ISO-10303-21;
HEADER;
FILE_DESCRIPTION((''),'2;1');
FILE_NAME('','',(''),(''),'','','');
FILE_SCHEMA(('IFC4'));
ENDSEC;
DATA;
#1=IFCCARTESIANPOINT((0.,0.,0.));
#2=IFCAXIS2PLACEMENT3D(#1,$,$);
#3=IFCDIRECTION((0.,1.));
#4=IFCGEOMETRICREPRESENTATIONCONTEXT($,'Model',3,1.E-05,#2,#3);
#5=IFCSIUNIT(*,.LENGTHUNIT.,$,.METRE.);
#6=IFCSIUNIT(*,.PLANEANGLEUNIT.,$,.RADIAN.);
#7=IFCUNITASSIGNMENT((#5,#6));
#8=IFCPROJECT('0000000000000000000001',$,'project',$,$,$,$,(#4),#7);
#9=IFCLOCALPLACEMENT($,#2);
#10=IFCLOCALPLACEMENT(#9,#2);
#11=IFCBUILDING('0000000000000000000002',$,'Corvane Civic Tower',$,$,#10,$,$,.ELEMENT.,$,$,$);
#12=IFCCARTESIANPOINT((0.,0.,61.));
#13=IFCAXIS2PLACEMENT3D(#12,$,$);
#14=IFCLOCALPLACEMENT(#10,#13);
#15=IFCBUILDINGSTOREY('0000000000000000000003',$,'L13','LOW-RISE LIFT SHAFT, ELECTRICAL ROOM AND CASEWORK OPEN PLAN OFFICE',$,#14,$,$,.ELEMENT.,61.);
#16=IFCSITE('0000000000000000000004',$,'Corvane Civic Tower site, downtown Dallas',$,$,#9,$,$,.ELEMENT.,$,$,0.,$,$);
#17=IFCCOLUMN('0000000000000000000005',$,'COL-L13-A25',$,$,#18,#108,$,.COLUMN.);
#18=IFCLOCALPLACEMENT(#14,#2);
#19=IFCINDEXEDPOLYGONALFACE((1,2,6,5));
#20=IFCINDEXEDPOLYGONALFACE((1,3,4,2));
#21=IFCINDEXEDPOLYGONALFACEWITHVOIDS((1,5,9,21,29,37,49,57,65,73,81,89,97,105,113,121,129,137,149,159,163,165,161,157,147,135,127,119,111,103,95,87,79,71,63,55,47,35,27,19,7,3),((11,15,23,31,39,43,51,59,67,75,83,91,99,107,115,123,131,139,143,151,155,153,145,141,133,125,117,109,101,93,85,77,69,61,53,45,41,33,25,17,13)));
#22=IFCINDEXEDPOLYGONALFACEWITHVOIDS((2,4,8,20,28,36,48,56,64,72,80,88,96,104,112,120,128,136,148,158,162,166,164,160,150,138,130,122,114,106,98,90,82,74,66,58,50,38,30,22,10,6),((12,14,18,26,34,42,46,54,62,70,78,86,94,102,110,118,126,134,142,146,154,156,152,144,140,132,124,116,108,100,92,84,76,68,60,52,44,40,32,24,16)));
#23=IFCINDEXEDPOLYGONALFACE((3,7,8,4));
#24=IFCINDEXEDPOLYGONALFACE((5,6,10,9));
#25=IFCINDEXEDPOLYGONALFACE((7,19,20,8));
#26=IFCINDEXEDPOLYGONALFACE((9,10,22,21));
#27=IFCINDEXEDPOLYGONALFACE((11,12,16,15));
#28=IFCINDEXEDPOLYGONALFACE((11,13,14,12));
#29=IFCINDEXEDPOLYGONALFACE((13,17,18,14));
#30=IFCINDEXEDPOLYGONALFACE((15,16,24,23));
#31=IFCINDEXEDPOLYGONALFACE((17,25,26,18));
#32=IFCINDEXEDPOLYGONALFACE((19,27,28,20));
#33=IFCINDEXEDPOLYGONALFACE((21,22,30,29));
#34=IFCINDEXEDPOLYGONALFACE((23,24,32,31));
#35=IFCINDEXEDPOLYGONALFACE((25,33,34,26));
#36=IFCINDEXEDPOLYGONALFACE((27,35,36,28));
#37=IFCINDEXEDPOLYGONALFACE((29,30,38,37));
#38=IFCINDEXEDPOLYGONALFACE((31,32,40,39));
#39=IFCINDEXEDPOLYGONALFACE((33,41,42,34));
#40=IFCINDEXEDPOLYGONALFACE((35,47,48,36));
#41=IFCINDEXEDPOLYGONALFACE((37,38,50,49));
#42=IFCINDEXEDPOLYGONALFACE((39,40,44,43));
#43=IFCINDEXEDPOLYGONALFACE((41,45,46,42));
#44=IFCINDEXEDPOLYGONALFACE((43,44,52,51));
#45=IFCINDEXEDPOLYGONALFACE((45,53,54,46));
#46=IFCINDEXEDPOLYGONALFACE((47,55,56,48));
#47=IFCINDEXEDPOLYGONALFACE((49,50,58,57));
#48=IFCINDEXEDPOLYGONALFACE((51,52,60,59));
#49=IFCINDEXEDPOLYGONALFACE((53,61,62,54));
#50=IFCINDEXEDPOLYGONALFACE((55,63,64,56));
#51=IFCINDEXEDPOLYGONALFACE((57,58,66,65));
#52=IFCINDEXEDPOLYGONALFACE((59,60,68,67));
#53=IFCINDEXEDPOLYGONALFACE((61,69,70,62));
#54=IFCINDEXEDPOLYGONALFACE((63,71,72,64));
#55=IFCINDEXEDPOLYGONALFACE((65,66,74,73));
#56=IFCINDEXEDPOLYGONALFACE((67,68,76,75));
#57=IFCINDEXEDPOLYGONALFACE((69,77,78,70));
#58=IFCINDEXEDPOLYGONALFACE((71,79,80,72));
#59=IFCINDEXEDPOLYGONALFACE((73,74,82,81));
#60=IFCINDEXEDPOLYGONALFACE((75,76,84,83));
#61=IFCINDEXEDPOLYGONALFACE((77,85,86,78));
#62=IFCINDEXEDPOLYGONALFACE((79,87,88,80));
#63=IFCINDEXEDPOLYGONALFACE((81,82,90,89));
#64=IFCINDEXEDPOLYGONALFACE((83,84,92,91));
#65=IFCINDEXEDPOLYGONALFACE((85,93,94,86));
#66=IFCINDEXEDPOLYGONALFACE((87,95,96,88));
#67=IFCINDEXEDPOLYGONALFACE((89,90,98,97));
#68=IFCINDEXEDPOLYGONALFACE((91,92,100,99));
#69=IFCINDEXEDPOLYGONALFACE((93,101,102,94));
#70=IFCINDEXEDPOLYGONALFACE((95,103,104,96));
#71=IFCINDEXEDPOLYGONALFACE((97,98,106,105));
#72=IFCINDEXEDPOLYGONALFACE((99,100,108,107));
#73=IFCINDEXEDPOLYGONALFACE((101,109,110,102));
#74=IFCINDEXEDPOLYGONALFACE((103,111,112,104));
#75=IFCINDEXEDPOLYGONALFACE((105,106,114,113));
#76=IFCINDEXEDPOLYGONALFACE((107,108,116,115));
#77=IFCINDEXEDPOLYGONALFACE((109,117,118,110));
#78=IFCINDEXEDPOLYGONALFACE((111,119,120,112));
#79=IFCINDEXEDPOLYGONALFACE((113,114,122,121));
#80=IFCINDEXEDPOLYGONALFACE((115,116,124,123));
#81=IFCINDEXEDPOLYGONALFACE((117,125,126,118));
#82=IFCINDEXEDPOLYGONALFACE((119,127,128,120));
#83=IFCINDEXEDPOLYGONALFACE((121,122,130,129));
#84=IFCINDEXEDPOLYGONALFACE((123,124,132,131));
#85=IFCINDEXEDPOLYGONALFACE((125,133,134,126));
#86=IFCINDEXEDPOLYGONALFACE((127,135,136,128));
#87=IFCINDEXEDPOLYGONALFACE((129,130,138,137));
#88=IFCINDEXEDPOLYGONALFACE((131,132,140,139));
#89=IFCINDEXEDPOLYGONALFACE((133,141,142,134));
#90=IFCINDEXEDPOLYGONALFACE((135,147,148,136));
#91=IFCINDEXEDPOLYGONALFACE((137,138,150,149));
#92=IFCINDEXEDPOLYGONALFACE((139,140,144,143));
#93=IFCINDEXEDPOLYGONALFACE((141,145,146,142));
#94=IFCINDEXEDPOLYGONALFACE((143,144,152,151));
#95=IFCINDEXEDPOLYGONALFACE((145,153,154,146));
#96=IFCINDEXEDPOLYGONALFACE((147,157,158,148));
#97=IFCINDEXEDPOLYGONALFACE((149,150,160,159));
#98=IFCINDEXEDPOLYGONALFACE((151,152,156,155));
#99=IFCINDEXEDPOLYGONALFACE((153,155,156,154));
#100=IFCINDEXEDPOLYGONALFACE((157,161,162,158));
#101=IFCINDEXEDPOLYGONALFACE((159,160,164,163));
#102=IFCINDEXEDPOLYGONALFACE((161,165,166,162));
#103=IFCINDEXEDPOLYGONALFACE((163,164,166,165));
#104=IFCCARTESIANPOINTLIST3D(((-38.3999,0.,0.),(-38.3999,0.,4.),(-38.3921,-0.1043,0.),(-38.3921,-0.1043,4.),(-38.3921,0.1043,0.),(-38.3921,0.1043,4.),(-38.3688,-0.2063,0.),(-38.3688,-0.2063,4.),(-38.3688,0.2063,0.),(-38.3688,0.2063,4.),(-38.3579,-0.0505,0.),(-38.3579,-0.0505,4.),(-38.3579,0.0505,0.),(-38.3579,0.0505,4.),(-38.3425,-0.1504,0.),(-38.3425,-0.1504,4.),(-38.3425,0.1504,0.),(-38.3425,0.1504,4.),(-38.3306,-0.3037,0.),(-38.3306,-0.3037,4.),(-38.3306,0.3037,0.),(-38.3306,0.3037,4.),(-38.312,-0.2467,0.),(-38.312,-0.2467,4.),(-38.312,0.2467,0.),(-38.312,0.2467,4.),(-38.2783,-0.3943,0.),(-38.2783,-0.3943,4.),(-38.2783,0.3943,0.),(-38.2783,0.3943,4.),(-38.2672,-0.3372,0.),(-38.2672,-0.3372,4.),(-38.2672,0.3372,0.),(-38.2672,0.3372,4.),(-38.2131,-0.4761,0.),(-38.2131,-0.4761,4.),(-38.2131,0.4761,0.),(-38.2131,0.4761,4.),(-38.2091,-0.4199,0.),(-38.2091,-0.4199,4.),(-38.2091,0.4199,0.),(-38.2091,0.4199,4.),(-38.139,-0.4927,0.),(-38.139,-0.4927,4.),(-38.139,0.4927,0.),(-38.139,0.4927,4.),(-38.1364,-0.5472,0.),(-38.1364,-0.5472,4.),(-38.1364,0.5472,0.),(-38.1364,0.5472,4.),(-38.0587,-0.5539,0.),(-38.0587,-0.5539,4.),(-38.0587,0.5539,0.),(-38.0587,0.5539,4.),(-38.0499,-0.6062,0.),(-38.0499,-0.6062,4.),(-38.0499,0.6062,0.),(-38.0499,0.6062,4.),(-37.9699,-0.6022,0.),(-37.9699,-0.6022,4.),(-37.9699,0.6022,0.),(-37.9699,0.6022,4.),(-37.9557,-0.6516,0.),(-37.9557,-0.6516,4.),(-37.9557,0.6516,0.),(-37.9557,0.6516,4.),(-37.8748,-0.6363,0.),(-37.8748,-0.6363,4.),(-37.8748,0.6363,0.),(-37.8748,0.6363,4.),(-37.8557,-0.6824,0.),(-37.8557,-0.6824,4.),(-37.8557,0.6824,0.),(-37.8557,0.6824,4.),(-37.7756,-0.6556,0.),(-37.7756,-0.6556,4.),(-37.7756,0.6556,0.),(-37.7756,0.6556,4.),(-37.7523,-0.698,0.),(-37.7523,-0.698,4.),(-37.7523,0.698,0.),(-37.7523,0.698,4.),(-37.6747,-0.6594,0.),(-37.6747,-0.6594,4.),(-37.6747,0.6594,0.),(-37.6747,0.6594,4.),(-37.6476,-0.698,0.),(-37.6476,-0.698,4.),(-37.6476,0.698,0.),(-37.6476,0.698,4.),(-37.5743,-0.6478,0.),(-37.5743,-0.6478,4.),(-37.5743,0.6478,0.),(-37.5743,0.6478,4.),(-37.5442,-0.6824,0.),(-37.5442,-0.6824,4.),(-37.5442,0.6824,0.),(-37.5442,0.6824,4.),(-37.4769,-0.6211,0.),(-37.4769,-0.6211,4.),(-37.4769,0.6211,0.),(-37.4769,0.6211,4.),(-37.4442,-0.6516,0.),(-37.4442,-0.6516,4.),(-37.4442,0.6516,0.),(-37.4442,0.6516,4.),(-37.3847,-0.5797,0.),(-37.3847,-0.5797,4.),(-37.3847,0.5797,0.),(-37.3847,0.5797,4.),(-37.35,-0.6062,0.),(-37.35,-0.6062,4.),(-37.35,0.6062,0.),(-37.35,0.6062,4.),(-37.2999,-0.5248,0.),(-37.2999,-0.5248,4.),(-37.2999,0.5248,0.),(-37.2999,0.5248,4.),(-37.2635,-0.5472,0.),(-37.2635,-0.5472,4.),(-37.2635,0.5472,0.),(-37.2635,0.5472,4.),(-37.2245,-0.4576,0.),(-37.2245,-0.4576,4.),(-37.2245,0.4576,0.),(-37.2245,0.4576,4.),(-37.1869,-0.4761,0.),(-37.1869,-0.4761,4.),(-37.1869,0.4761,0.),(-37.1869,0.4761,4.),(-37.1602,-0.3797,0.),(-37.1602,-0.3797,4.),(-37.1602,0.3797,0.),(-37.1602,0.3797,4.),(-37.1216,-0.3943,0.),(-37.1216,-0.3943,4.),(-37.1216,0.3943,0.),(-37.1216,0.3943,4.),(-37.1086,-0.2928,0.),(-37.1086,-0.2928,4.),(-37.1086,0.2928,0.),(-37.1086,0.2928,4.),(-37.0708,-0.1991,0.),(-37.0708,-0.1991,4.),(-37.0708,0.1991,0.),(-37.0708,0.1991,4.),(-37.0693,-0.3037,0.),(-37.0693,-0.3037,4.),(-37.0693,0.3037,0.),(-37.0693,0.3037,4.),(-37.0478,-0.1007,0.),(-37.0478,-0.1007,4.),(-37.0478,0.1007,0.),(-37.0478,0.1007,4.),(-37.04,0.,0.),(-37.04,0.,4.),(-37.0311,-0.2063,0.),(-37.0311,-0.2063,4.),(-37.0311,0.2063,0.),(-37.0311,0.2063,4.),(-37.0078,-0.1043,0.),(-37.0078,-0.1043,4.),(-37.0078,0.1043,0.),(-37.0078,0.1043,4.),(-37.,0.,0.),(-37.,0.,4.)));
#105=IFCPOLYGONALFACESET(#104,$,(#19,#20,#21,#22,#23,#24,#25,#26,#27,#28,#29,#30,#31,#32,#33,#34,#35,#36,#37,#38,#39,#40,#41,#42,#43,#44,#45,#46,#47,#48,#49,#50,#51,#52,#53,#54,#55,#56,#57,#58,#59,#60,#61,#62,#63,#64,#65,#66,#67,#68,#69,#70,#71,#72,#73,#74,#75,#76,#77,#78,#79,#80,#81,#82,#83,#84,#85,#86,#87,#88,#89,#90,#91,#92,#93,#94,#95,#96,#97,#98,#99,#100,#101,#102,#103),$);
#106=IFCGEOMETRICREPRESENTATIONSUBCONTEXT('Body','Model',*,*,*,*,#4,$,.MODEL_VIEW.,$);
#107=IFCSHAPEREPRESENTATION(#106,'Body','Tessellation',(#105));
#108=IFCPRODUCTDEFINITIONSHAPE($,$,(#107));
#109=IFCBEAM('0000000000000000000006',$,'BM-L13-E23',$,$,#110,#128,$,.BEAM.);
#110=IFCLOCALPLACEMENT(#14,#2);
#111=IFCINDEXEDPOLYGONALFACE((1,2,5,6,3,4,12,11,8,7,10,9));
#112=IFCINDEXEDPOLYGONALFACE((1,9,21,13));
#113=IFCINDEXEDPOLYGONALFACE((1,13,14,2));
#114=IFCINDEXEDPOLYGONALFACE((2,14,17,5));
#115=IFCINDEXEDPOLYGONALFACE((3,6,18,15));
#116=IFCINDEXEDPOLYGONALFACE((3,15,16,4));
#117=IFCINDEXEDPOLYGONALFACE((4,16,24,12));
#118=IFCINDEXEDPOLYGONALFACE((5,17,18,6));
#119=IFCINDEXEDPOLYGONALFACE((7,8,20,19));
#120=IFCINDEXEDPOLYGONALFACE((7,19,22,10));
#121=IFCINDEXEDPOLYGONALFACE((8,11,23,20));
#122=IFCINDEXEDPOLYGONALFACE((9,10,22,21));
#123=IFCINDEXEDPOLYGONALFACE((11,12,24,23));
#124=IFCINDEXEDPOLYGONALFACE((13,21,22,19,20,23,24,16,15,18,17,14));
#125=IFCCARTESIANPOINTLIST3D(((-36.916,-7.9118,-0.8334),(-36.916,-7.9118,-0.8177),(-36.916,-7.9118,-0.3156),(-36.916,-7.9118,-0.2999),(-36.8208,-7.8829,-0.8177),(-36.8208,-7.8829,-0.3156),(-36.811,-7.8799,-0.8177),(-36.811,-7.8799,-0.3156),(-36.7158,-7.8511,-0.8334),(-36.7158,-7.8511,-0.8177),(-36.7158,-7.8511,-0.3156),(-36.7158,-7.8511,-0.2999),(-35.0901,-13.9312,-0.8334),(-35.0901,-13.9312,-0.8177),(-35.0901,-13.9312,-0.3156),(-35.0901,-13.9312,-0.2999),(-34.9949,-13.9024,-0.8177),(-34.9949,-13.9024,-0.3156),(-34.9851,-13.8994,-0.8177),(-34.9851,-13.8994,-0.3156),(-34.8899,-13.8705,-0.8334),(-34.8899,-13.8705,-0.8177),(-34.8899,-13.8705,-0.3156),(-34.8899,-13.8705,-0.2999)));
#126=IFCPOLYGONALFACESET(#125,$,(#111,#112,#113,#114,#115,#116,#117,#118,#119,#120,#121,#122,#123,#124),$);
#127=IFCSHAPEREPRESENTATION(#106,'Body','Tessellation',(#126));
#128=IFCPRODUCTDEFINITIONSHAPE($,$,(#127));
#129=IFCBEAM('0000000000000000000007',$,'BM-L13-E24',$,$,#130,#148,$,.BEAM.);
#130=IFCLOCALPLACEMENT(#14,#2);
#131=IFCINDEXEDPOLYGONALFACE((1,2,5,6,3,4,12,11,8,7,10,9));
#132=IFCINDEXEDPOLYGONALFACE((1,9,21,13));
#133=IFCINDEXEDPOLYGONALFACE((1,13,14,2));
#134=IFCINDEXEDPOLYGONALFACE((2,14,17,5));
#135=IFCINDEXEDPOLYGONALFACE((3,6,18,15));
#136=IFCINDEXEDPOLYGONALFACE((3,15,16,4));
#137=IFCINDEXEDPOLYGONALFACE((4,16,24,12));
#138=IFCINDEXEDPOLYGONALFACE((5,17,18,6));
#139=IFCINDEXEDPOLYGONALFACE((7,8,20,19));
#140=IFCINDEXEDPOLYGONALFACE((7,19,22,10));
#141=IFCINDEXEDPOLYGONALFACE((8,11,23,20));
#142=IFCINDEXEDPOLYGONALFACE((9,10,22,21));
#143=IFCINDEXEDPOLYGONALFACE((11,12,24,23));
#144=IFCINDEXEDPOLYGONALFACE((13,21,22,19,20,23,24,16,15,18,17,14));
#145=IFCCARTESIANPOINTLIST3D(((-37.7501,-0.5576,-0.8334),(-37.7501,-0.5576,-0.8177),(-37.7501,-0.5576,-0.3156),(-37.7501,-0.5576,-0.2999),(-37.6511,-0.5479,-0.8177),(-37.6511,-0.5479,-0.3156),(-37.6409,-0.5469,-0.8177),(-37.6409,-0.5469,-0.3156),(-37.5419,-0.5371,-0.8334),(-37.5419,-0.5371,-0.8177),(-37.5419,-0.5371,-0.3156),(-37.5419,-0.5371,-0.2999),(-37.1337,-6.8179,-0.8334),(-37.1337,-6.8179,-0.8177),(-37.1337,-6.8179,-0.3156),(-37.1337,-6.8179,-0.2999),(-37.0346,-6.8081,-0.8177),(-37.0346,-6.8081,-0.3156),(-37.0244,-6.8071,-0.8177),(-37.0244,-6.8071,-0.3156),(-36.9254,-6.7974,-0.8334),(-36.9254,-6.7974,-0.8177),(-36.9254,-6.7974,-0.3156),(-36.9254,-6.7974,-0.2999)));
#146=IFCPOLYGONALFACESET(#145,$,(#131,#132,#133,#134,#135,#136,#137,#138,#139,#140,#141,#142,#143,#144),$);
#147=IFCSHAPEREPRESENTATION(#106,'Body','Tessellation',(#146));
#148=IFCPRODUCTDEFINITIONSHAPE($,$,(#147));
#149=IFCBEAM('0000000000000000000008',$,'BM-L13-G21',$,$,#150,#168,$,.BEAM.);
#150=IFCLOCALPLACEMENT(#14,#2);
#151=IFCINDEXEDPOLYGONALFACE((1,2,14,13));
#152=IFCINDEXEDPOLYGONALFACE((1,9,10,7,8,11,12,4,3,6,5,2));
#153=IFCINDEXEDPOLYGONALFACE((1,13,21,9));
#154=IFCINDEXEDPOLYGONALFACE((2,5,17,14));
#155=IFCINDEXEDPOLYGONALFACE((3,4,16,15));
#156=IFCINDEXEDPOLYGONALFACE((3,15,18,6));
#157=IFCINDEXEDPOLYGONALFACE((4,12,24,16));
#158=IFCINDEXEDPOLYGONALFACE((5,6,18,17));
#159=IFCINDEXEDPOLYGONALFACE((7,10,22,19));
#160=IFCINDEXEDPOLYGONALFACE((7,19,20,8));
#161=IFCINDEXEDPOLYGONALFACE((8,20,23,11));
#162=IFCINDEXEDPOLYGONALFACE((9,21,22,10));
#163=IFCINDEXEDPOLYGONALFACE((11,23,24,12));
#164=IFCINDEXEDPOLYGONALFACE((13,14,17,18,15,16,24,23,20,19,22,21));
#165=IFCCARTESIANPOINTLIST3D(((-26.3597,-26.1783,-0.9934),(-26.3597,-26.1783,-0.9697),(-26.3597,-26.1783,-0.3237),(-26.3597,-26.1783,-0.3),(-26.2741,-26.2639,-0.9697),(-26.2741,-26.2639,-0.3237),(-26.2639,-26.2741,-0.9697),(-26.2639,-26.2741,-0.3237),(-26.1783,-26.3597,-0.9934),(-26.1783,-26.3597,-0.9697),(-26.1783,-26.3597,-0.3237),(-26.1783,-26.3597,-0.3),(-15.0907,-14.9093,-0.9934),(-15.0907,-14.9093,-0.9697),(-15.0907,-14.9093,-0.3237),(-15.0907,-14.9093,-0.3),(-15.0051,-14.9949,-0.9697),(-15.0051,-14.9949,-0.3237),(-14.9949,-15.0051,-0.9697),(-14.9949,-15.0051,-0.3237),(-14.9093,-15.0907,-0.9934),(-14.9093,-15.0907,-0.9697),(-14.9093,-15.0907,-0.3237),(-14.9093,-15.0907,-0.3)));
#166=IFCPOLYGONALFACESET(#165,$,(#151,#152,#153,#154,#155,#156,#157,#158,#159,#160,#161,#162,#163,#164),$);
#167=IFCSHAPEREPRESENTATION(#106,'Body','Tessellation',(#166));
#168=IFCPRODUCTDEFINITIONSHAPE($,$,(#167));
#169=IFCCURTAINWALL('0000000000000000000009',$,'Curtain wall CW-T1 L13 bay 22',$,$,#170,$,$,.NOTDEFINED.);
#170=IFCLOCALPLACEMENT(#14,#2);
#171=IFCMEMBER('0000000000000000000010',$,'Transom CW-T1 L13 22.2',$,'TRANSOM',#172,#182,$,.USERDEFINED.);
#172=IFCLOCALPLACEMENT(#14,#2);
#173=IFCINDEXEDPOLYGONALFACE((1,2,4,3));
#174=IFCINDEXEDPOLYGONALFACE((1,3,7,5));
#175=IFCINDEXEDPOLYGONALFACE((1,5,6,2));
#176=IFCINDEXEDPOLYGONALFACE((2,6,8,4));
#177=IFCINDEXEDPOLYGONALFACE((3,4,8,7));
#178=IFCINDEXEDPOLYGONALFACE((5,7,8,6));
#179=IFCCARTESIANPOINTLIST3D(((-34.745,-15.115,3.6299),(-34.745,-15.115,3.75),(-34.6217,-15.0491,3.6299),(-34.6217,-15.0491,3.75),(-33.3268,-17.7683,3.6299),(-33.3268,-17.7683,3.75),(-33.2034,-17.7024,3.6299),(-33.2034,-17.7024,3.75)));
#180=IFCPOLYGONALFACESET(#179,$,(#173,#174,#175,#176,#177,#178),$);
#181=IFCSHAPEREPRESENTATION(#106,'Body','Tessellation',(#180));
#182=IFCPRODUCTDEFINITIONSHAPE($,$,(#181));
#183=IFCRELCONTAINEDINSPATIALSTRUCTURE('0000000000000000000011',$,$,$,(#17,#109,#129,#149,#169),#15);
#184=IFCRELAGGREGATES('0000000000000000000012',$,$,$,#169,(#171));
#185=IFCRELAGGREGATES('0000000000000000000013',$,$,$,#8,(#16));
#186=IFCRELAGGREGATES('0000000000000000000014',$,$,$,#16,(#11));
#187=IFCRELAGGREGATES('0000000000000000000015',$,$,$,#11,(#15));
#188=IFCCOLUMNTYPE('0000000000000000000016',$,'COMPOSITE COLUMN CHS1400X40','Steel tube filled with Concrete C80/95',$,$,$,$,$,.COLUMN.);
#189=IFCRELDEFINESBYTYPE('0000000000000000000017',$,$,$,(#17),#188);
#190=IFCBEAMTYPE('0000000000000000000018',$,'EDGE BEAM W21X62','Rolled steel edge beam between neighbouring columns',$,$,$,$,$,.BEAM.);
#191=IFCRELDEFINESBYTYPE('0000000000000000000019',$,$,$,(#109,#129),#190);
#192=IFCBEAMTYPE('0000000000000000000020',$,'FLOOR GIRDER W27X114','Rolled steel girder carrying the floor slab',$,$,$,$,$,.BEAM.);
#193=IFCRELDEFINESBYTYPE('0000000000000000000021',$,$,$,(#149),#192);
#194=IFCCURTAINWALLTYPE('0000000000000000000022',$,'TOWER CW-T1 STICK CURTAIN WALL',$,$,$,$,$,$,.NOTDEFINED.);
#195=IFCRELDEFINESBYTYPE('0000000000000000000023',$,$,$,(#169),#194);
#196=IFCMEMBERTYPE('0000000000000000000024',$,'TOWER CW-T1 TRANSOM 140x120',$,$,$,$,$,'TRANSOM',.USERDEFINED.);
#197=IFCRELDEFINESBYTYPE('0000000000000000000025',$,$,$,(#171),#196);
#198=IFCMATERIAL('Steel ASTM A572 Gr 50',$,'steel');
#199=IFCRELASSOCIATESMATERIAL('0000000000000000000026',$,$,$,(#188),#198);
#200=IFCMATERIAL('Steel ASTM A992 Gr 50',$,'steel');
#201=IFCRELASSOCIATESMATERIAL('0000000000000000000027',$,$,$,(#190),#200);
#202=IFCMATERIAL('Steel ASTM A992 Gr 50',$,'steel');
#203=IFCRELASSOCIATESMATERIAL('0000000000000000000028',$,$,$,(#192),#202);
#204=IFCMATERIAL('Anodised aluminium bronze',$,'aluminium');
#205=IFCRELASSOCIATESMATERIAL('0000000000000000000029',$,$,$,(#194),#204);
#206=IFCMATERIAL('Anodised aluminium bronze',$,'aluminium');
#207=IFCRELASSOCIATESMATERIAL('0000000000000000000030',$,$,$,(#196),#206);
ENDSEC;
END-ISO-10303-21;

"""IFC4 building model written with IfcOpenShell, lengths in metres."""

from ifc_helpers import new_model, si_unit, direction, frame, origin, origin_2d, place, context, subcontext, project, spatial, rectangle, hollow_circle, i_section, extrude, material, material_profile, profile_set, type_object, element, aggregate, save


model = new_model("IFC4")

# Units and contexts
model_context = context("Model", 3, precision=1e-05, world=origin(), true_north=direction((0.0, 1.0)))
body_context = subcontext(model_context, "Body", "Model", "MODEL_VIEW")
ifc_project = project(units=[si_unit("LENGTHUNIT", "METRE"), si_unit("PLANEANGLEUNIT", "RADIAN")], contexts=[model_context])

# Site, building, storey
site_placement = place(None, origin())
site = spatial("IfcSite", under=ifc_project, at=site_placement, Name="Corvane Civic Tower site, downtown Dallas", CompositionType="ELEMENT", RefElevation=0.0)
building_placement = place(site_placement, origin())
building = spatial("IfcBuilding", under=site, at=building_placement, Name="Corvane Civic Tower", CompositionType="ELEMENT")
storey_placement = place(building_placement, frame((0.0, 0.0, 61.0)))
storey = spatial("IfcBuildingStorey", under=building, at=storey_placement, Name="L13", Description="LOW-RISE LIFT SHAFT, ELECTRICAL ROOM AND CASEWORK OPEN PLAN OFFICE", CompositionType="ELEMENT", Elevation=61.0)

# Column
ifc_material_1 = material(Name="Steel ASTM A572 Gr 50", Category="steel")
ifc_material_profile_1 = material_profile(ifc_material_1, hollow_circle(Radius=0.7, WallThickness=0.04, at=origin_2d()), Name="CHS1400X40")
ifc_profile_set_1 = profile_set([ifc_material_profile_1], Name="Steel ASTM A572 Gr 50")
column_type = type_object("IfcColumnType", Name="COMPOSITE COLUMN CHS1400X40", Description="Steel tube filled with Concrete C80/95", PredefinedType="COLUMN", material=ifc_profile_set_1)
for number, where, z_axis, x_axis, name in (
    (1, (-37.7, 0.0, 0.0), (0.0, 0.0, 1.0), (1.0, 0.0, 0.0), "COL-L13-A25"),
):
    element("IfcColumn", number, at=place(storey_placement, frame(where, z_axis=z_axis, x_axis=x_axis)), inside=storey, type_object=column_type, Name=name, PredefinedType="COLUMN", context=body_context, shape_type="SweptSolid", body=[
        extrude(hollow_circle(Radius=0.7, WallThickness=0.04, at=origin_2d()), origin(), (0.0, 0.0, 1.0), 4.0),
    ])

# Beams
ifc_material_2 = material(Name="Steel ASTM A992 Gr 50", Category="steel")
ifc_material_profile_2 = material_profile(ifc_material_2, i_section(OverallWidth=0.2092, OverallDepth=0.5334, WebThickness=0.0103, FlangeThickness=0.0156, at=origin_2d()), Name="W21X62")
ifc_profile_set_2 = profile_set([ifc_material_profile_2], Name="Steel ASTM A992 Gr 50")
beam_type_1 = type_object("IfcBeamType", Name="EDGE BEAM W21X62", Description="Rolled steel edge beam between neighbouring columns", PredefinedType="BEAM", material=ifc_profile_set_2)
beam_1_placement = place(storey_placement, frame((-34.99, -13.9009, -0.5667), z_axis=(-0.290273, 0.956944, 0.0), x_axis=(-0.956944, -0.290273, 0.0)))
element("IfcBeam", 2, at=beam_1_placement, inside=storey, type_object=beam_type_1, Name="BM-L13-E23", PredefinedType="BEAM", context=body_context, shape_type="SweptSolid", body=[
    extrude(i_section(OverallWidth=0.2092, OverallDepth=0.5334, WebThickness=0.0103, FlangeThickness=0.0156, at=origin_2d()), origin(), (0.0, 0.0, 1.0), 6.2903),
])
beam_2_placement = place(storey_placement, frame((-37.0295, -6.8076, -0.5667), z_axis=(-0.097997, 0.995187, 0.0), x_axis=(-0.995187, -0.097997, 0.0)))
element("IfcBeam", 3, at=beam_2_placement, inside=storey, type_object=beam_type_1, Name="BM-L13-E24", PredefinedType="BEAM", context=body_context, shape_type="SweptSolid", body=[
    extrude(i_section(OverallWidth=0.2092, OverallDepth=0.5334, WebThickness=0.0103, FlangeThickness=0.0156, at=origin_2d()), origin(), (0.0, 0.0, 1.0), 6.2905),
])
ifc_material_3 = material(Name="Steel ASTM A992 Gr 50", Category="steel")
ifc_material_profile_3 = material_profile(ifc_material_3, i_section(OverallWidth=0.2566, OverallDepth=0.6934, WebThickness=0.0144, FlangeThickness=0.0237, at=origin_2d()), Name="W27X114")
ifc_profile_set_3 = profile_set([ifc_material_profile_3], Name="Steel ASTM A992 Gr 50")
beam_type_2 = type_object("IfcBeamType", Name="FLOOR GIRDER W27X114", Description="Rolled steel girder carrying the floor slab", PredefinedType="BEAM", material=ifc_profile_set_3)
beam_3_placement = place(storey_placement, frame((-15.0, -15.0, -0.6467), z_axis=(-0.707107, -0.707107, 0.0), x_axis=(0.707107, -0.707107, 0.0)))
element("IfcBeam", 4, at=beam_3_placement, inside=storey, type_object=beam_type_2, Name="BM-L13-G21", PredefinedType="BEAM", context=body_context, shape_type="SweptSolid", body=[
    extrude(i_section(OverallWidth=0.2566, OverallDepth=0.6934, WebThickness=0.0144, FlangeThickness=0.0237, at=origin_2d()), origin(), (0.0, 0.0, 1.0), 15.9368),
])

# Curtain wall, member
ifc_material_4 = material(Name="Anodised aluminium bronze", Category="aluminium")
curtain_wall_type = type_object("IfcCurtainWallType", Name="TOWER CW-T1 STICK CURTAIN WALL", PredefinedType="NOTDEFINED", material=ifc_material_4)
curtain_wall_1_placement = place(storey_placement, origin())
curtain_wall_1 = element("IfcCurtainWall", 5, at=curtain_wall_1_placement, inside=storey, type_object=curtain_wall_type, Name="Curtain wall CW-T1 L13 bay 22", PredefinedType="NOTDEFINED")
ifc_material_5 = material(Name="Anodised aluminium bronze", Category="aluminium")
ifc_material_profile_4 = material_profile(ifc_material_5, rectangle(XDim=0.1399, YDim=0.1201, at=origin_2d()), Name="TOWER CW-T1 TRANSOM 140x120")
ifc_profile_set_4 = profile_set([ifc_material_profile_4], Name="Anodised aluminium bronze")
member_type_1 = type_object("IfcMemberType", Name="TOWER CW-T1 TRANSOM 140x120", ElementType="TRANSOM", PredefinedType="USERDEFINED", material=ifc_profile_set_4)
member_1_placement = place(storey_placement, frame((-33.2651, -17.7354, 3.6899), z_axis=(-0.471393, 0.881924, 0.0), x_axis=(-0.881924, -0.471393, 0.0)))
member_1 = element("IfcMember", 6, at=member_1_placement, type_object=member_type_1, Name="Transom CW-T1 L13 22.2", ObjectType="TRANSOM", PredefinedType="USERDEFINED", context=body_context, shape_type="SweptSolid", body=[
    extrude(rectangle(XDim=0.1399, YDim=0.1201, at=origin_2d()), origin(), (0.0, 0.0, 1.0), 3.0085),
])

aggregate(curtain_wall_1, [member_1])

save(model, "model.ifc")
